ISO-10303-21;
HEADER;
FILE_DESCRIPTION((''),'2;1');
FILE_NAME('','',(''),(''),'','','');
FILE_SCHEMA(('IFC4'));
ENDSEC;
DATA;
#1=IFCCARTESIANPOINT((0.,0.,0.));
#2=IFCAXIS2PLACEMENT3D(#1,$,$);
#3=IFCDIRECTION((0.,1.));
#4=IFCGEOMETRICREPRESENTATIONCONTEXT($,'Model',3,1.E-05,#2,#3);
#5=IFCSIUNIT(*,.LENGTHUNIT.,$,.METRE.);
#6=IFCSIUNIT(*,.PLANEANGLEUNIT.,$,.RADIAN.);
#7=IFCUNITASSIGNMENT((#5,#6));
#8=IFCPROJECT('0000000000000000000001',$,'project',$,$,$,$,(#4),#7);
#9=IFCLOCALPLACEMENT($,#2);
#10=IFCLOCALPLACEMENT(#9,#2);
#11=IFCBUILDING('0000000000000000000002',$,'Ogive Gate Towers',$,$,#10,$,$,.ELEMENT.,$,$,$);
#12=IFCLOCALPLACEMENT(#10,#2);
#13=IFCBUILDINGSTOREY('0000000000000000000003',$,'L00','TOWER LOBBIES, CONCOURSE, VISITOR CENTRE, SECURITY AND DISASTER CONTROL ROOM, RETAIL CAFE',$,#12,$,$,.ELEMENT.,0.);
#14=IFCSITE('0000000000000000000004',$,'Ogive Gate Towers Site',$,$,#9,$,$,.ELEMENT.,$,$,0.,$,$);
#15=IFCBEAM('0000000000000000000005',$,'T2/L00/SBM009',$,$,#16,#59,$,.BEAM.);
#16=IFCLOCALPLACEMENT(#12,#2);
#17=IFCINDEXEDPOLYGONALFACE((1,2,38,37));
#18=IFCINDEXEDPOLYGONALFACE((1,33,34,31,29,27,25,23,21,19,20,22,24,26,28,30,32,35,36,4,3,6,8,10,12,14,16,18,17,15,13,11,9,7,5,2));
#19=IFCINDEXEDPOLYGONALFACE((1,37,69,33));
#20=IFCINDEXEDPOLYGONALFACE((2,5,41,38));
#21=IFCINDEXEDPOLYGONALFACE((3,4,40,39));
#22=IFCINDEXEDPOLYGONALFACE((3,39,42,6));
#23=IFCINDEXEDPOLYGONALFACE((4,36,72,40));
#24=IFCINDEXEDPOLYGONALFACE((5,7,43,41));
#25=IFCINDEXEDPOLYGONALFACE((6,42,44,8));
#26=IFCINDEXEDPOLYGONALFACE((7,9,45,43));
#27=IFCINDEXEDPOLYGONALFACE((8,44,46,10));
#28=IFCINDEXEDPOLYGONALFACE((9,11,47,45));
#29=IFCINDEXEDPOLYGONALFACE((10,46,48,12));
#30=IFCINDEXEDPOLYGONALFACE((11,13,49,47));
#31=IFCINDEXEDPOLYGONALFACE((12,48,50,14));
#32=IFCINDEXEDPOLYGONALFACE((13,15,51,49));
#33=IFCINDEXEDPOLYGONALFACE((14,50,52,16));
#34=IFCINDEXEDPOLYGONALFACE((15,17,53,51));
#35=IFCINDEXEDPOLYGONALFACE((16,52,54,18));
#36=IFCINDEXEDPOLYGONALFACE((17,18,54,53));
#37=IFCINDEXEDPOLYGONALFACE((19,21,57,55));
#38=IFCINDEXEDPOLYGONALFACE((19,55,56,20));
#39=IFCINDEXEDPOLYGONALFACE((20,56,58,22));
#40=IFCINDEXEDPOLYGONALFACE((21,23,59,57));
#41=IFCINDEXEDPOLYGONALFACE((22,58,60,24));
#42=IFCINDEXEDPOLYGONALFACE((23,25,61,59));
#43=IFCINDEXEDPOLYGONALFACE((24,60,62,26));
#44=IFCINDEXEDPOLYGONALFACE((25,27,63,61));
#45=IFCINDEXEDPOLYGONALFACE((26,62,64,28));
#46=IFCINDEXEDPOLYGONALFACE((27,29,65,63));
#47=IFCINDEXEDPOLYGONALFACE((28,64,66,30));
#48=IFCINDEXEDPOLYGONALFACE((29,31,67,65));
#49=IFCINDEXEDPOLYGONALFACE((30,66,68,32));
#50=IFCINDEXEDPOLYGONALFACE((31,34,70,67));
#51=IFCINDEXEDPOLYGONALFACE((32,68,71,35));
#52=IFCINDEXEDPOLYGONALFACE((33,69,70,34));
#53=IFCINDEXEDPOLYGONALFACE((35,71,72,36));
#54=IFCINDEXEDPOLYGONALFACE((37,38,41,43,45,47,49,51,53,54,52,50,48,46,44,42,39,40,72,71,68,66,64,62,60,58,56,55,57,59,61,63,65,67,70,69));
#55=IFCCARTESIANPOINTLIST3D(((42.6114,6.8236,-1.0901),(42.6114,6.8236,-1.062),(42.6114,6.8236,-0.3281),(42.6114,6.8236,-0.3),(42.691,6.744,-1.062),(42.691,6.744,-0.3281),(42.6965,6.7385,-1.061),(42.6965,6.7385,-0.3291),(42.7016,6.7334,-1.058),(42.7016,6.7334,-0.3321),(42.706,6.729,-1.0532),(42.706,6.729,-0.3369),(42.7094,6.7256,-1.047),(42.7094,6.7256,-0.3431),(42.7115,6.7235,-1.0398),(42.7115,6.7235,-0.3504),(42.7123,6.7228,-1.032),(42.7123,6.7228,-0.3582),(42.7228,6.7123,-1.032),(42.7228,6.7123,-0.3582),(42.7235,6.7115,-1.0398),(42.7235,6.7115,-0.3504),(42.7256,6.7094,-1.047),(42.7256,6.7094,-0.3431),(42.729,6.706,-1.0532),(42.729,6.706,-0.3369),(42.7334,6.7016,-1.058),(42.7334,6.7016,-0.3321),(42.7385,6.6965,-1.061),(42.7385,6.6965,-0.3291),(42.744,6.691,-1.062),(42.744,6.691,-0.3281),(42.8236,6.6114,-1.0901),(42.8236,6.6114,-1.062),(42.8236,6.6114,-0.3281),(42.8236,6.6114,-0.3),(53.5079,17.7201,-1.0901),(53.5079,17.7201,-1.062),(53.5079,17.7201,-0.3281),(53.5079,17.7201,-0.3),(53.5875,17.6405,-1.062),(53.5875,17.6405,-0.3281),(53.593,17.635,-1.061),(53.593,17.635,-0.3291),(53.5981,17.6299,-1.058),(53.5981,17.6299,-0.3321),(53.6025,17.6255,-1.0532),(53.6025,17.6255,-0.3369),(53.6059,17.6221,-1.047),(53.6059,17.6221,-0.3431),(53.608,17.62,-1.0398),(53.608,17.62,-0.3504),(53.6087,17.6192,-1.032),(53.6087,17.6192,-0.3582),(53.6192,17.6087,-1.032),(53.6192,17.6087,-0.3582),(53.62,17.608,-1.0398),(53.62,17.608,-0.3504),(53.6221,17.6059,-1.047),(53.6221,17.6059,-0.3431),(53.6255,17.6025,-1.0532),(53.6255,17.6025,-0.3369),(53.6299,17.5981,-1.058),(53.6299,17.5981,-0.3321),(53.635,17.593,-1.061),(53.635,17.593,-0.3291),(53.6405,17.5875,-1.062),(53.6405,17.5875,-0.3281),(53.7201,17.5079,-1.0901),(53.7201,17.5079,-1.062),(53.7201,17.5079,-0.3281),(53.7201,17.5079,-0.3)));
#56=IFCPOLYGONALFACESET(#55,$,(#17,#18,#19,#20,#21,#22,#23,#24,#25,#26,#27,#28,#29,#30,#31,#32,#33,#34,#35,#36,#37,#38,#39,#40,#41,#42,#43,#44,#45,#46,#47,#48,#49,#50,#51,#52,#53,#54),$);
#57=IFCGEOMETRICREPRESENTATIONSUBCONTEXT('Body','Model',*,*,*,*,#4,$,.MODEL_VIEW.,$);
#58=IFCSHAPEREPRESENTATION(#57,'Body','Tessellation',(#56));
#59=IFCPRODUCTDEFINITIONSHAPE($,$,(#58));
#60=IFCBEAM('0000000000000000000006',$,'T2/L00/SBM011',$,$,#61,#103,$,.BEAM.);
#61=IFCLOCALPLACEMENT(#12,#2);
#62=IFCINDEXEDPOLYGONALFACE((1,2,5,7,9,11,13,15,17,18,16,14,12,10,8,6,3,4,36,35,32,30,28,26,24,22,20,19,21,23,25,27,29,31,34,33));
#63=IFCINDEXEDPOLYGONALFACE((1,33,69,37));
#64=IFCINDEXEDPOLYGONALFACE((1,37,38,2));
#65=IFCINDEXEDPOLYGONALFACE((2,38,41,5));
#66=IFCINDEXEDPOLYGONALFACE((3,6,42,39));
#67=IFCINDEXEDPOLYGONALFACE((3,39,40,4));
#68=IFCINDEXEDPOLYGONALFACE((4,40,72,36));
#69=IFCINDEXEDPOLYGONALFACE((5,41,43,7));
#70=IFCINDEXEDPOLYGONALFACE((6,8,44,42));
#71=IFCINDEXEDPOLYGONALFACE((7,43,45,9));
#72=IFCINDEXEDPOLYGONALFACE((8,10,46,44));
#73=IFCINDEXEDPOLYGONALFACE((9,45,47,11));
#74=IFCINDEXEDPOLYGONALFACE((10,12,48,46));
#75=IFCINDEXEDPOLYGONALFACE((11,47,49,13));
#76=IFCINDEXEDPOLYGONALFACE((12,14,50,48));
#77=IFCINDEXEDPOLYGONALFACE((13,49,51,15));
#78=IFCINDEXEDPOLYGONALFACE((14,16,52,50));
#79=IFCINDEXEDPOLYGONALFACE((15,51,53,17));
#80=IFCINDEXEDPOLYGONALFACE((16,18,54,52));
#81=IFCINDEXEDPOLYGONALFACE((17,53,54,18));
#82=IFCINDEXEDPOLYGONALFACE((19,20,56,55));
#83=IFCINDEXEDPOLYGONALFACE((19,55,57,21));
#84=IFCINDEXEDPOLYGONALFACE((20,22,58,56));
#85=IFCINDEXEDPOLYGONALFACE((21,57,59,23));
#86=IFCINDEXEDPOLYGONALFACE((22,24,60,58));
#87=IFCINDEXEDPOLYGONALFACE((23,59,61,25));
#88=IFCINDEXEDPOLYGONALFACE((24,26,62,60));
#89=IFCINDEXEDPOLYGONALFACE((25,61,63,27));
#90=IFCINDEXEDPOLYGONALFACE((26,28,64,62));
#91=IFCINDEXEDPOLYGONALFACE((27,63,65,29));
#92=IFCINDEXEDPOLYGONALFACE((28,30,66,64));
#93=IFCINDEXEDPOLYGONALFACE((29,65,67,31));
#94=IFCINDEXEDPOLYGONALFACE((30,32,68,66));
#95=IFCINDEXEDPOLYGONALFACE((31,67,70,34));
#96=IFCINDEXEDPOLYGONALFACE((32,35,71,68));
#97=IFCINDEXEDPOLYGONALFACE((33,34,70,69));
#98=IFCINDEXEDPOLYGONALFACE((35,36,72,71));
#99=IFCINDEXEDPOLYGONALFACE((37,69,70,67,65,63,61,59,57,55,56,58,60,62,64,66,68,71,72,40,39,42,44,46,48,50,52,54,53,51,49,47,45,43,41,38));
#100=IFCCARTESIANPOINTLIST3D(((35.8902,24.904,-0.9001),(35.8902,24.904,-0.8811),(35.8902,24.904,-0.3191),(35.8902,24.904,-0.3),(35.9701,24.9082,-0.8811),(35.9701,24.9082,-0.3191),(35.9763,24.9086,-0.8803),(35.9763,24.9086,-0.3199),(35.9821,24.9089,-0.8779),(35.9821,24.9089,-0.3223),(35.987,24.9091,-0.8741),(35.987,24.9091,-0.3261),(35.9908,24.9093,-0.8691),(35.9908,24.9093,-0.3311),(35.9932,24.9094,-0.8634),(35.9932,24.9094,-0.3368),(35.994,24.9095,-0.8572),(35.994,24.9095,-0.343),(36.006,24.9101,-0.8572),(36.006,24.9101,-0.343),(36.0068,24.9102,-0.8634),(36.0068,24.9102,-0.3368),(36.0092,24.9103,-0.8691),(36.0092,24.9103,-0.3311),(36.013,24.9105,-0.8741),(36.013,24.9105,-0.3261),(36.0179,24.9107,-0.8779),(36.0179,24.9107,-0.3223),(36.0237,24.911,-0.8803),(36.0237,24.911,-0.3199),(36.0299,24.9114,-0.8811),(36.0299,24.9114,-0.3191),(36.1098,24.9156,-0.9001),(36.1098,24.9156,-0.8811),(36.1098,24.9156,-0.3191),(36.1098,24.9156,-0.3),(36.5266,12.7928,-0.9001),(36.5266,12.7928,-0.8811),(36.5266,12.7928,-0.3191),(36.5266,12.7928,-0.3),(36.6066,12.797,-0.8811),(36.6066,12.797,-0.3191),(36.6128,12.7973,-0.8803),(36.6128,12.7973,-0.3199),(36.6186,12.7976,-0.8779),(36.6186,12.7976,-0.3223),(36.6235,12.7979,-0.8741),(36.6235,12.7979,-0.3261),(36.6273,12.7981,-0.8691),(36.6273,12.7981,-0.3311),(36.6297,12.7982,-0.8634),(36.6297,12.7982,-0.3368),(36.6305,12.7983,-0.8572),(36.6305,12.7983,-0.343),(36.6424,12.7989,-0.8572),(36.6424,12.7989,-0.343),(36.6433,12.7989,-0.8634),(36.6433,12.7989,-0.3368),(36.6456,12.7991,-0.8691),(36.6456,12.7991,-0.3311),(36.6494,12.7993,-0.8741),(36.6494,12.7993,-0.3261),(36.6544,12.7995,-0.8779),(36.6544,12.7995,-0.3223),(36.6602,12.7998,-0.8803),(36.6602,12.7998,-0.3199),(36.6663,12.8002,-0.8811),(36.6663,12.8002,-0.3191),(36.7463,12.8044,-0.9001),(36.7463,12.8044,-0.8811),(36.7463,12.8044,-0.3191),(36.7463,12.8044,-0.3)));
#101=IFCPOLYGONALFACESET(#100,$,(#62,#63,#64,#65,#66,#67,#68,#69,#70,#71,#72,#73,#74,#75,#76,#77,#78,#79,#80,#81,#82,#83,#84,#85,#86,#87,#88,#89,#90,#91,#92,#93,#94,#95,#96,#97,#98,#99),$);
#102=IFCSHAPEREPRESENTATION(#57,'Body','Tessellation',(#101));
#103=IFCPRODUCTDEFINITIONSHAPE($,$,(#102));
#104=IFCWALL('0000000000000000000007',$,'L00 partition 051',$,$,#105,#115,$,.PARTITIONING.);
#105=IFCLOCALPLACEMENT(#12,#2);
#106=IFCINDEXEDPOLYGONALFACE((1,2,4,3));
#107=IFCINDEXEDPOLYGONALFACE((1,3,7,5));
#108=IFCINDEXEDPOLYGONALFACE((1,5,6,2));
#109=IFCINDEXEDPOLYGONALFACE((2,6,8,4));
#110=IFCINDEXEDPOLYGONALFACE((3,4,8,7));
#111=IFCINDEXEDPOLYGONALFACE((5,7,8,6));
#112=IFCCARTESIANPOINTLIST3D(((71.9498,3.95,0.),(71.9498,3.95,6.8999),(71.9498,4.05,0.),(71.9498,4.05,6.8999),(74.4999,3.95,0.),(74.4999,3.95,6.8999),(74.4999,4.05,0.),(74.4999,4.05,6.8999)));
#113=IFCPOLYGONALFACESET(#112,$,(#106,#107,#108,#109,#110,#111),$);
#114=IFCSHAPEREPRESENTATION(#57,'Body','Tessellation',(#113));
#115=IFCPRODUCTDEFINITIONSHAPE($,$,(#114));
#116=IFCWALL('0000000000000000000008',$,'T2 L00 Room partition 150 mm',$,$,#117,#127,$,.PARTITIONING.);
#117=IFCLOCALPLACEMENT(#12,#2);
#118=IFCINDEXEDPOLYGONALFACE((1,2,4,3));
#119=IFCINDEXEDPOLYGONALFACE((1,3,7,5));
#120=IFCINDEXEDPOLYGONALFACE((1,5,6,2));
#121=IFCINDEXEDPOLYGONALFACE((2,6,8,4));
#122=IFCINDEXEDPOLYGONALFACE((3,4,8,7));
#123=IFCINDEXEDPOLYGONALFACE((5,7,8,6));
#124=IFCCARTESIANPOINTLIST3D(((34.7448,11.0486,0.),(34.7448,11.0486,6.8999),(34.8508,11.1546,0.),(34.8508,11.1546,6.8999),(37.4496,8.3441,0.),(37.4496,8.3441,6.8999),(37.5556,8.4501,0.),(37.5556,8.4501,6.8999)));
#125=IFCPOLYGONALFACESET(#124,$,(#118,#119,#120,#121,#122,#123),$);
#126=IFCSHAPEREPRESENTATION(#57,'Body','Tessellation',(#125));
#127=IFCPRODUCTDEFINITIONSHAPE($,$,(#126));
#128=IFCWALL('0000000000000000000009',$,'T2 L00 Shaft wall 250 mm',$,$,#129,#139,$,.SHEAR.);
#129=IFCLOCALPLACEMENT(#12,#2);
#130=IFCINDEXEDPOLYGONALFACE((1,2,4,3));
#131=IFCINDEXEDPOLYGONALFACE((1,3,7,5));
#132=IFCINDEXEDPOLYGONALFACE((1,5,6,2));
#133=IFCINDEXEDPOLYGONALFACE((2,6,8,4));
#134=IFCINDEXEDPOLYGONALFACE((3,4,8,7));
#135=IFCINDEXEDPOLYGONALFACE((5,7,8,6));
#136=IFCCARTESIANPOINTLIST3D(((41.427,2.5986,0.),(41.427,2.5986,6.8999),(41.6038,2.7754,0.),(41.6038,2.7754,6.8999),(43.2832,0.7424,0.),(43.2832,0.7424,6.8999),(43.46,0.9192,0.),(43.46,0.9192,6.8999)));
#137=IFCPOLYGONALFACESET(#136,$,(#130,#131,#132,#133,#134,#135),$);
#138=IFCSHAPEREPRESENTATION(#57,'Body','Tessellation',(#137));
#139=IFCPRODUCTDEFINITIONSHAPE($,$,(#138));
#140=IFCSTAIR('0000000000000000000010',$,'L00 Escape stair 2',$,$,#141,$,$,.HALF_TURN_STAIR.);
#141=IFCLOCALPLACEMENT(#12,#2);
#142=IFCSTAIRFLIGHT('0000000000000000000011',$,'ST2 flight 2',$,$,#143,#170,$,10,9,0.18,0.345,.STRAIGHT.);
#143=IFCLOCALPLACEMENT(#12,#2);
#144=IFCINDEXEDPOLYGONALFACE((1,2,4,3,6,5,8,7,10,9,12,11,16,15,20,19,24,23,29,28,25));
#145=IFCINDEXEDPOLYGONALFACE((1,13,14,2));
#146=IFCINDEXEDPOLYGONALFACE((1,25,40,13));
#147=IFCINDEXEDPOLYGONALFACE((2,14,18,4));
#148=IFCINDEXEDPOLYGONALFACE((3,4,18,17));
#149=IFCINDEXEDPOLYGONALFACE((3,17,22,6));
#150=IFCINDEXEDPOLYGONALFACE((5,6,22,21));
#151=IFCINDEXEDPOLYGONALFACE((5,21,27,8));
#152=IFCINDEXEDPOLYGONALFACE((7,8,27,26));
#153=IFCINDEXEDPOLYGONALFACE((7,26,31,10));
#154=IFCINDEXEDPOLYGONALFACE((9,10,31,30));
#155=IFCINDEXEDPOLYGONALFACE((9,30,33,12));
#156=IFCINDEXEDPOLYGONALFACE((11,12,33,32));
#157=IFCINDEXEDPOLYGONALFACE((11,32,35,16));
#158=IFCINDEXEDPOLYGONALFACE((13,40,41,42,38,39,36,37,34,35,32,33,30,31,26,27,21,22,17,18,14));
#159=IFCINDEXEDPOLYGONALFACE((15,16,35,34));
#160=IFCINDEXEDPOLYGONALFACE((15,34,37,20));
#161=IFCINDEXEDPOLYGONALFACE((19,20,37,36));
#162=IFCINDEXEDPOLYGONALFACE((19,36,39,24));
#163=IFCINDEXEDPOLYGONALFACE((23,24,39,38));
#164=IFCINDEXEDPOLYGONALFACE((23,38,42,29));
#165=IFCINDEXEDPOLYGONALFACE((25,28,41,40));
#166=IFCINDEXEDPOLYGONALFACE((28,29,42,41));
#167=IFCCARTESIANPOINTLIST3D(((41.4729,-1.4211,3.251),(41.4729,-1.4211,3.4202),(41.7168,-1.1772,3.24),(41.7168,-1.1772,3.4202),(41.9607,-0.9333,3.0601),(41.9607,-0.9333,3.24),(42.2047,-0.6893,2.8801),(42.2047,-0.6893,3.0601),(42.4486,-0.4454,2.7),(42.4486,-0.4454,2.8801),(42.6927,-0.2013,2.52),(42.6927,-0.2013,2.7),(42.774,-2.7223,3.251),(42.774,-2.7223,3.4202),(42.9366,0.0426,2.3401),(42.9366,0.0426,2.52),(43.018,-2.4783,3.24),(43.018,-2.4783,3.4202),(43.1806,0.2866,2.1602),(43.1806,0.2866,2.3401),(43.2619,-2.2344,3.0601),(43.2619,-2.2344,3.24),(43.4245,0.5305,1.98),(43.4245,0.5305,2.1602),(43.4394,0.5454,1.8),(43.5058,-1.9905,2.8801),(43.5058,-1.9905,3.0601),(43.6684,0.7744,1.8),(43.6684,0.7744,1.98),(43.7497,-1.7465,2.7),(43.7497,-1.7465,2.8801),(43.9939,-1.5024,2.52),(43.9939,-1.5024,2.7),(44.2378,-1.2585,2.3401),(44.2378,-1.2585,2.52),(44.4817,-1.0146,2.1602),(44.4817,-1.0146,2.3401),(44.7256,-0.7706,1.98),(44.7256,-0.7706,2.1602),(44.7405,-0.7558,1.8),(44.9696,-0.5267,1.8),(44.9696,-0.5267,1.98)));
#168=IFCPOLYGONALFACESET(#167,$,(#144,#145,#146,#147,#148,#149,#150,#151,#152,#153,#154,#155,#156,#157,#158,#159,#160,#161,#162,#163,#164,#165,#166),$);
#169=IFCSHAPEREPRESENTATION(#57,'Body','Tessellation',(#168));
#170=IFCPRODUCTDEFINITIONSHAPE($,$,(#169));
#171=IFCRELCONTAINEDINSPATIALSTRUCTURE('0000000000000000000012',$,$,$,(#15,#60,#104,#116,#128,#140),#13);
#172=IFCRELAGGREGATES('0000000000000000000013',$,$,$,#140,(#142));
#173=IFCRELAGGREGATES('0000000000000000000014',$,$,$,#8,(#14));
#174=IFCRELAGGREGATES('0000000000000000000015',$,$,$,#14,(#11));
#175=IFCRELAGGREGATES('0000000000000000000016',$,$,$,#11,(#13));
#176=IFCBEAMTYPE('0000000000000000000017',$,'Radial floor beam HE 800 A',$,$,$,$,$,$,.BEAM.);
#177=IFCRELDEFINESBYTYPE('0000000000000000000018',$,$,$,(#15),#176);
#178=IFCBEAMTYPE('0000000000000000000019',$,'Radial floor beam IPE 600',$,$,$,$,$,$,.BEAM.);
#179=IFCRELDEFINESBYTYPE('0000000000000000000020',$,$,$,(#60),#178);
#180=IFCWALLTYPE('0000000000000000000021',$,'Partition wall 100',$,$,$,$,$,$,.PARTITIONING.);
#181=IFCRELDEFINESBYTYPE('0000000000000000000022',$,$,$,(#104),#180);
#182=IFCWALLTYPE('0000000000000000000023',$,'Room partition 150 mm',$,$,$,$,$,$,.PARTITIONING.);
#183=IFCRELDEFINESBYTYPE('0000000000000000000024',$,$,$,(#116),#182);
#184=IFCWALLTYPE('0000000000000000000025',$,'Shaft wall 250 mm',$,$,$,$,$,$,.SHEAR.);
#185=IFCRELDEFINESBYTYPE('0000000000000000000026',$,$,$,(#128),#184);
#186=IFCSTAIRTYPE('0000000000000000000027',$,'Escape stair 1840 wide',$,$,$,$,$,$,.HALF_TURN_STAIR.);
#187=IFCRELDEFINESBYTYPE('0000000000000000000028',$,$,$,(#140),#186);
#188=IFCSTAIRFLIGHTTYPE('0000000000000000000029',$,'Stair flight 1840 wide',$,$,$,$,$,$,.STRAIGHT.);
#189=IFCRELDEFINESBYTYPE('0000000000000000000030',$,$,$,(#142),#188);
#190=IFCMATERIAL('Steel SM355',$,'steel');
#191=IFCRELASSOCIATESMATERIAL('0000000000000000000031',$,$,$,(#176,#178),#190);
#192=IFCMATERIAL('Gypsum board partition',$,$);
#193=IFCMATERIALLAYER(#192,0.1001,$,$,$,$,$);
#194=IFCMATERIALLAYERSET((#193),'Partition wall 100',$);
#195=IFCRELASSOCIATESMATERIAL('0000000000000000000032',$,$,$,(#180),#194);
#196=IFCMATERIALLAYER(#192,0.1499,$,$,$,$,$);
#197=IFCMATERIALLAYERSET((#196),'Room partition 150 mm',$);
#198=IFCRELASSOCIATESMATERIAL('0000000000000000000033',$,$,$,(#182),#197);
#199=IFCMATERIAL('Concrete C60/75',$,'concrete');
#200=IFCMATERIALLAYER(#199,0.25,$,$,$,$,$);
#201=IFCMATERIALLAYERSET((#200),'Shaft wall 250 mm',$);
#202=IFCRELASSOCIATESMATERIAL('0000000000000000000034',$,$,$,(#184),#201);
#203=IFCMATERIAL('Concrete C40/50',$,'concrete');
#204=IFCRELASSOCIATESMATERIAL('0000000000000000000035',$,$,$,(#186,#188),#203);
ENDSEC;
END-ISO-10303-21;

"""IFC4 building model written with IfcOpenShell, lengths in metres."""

from ifc_helpers import new_model, si_unit, direction, frame, frame_2d, origin, origin_2d, place, context, subcontext, project, spatial, polyline, rectangle, i_section, outline, extrude, material, layer, layer_set, material_profile, profile_set, type_object, element, aggregate, save


model = new_model("IFC4")

# Units and contexts
model_context = context("Model", 3, precision=1e-05, world=origin(), true_north=direction((0.0, 1.0)))
body_context = subcontext(model_context, "Body", "Model", "MODEL_VIEW")
ifc_project = project(units=[si_unit("LENGTHUNIT", "METRE"), si_unit("PLANEANGLEUNIT", "RADIAN")], contexts=[model_context])

# Site, building, storey
site_placement = place(None, origin())
site = spatial("IfcSite", under=ifc_project, at=site_placement, Name="Ogive Gate Towers Site", CompositionType="ELEMENT", RefElevation=0.0)
building_placement = place(site_placement, origin())
building = spatial("IfcBuilding", under=site, at=building_placement, Name="Ogive Gate Towers", CompositionType="ELEMENT")
storey_placement = place(building_placement, origin())
storey = spatial("IfcBuildingStorey", under=building, at=storey_placement, Name="L00", Description="TOWER LOBBIES, CONCOURSE, VISITOR CENTRE, SECURITY AND DISASTER CONTROL ROOM, RETAIL CAFE", CompositionType="ELEMENT", Elevation=0.0)

# Beams
ifc_material_1 = material(Name="Steel SM355", Category="steel")
ifc_material_profile_1 = material_profile(ifc_material_1, i_section(OverallWidth=0.3, OverallDepth=0.79, WebThickness=0.0149, FlangeThickness=0.0281, FilletRadius=0.03, at=origin_2d()), Name="HE 800 A")
ifc_profile_set_1 = profile_set([ifc_material_profile_1], Name="Steel SM355")
beam_type_1 = type_object("IfcBeamType", Name="Radial floor beam HE 800 A", PredefinedType="BEAM", material=ifc_profile_set_1)
beam_1_placement = place(storey_placement, frame((42.7175, 6.7175, -0.6951), z_axis=(0.707107, 0.707107, 0.0), x_axis=(-0.707107, 0.707107, 0.0)))
element("IfcBeam", 1, at=beam_1_placement, inside=storey, type_object=beam_type_1, Name="T2/L00/SBM009", PredefinedType="BEAM", context=body_context, shape_type="SweptSolid", body=[
    extrude(i_section(OverallWidth=0.3, OverallDepth=0.79, WebThickness=0.0149, FlangeThickness=0.0281, FilletRadius=0.03, at=origin_2d()), origin(), (0.0, 0.0, 1.0), 15.4099),
])
ifc_material_profile_2 = material_profile(ifc_material_1, i_section(OverallWidth=0.22, OverallDepth=0.6001, WebThickness=0.012, FlangeThickness=0.019, FilletRadius=0.0239, at=origin_2d()), Name="IPE 600")
ifc_profile_set_2 = profile_set([ifc_material_profile_2], Name="Steel SM355")
beam_type_2 = type_object("IfcBeamType", Name="Radial floor beam IPE 600", PredefinedType="BEAM", material=ifc_profile_set_2)
beam_2_placement = place(storey_placement, frame((36.6365, 12.7986, -0.6001), z_axis=(-0.05248, 0.998622, 0.0), x_axis=(-0.998622, -0.05248, 0.0)))
element("IfcBeam", 2, at=beam_2_placement, inside=storey, type_object=beam_type_2, Name="T2/L00/SBM011", PredefinedType="BEAM", context=body_context, shape_type="SweptSolid", body=[
    extrude(i_section(OverallWidth=0.22, OverallDepth=0.6001, WebThickness=0.012, FlangeThickness=0.019, FilletRadius=0.0239, at=origin_2d()), origin(), (0.0, 0.0, 1.0), 12.1279),
])

# Walls
ifc_material_2 = material(Name="Gypsum board partition")
ifc_layer_1 = layer(ifc_material_2, 0.1001)
ifc_layer_set_1 = layer_set([ifc_layer_1], Name="Partition wall 100")
wall_type_1 = type_object("IfcWallType", Name="Partition wall 100", PredefinedType="PARTITIONING", material=ifc_layer_set_1)
wall_1_placement = place(storey_placement, frame((71.95, 4.0, 0.0), z_axis=(0.0, 0.0, 1.0), x_axis=(1.0, 0.0, 0.0)))
element("IfcWall", 3, at=wall_1_placement, inside=storey, type_object=wall_type_1, Name="L00 partition 051", PredefinedType="PARTITIONING", context=body_context, shape_type="SweptSolid", body=[
    extrude(rectangle(XDim=2.55, YDim=0.1001, at=frame_2d((1.2749, 0.0))), origin(), (0.0, 0.0, 1.0), 6.8999),
])
ifc_layer_2 = layer(ifc_material_2, 0.1499)
ifc_layer_set_2 = layer_set([ifc_layer_2], Name="Room partition 150 mm")
wall_type_2 = type_object("IfcWallType", Name="Room partition 150 mm", PredefinedType="PARTITIONING", material=ifc_layer_set_2)
wall_2_placement = place(storey_placement, frame((37.5027, 8.397, 0.0), z_axis=(0.0, 0.0, 1.0), x_axis=(-0.707139, 0.707075, 0.0)))
element("IfcWall", 4, at=wall_2_placement, inside=storey, type_object=wall_type_2, Name="T2 L00 Room partition 150 mm", PredefinedType="PARTITIONING", context=body_context, shape_type="SweptSolid", body=[
    extrude(rectangle(XDim=3.825, YDim=0.1499, at=frame_2d((1.9126, 0.0))), origin(), (0.0, 0.0, 1.0), 6.8999),
])
ifc_material_3 = material(Name="Concrete C60/75", Category="concrete")
ifc_layer_3 = layer(ifc_material_3, 0.25)
ifc_layer_set_3 = layer_set([ifc_layer_3], Name="Shaft wall 250 mm")
wall_type_3 = type_object("IfcWallType", Name="Shaft wall 250 mm", PredefinedType="SHEAR", material=ifc_layer_set_3)
wall_3_placement = place(storey_placement, frame((43.3716, 0.8308, 0.0), z_axis=(0.0, 0.0, 1.0), x_axis=(-0.707107, 0.707107, 0.0)))
element("IfcWall", 5, at=wall_3_placement, inside=storey, type_object=wall_type_3, Name="T2 L00 Shaft wall 250 mm", PredefinedType="SHEAR", context=body_context, shape_type="SweptSolid", body=[
    extrude(rectangle(XDim=2.625, YDim=0.25, at=frame_2d((1.3125, 0.0))), origin(), (0.0, 0.0, 1.0), 6.8999),
])

# Stair, stair flight
ifc_material_4 = material(Name="Concrete C40/50", Category="concrete")
stair_type = type_object("IfcStairType", Name="Escape stair 1840 wide", PredefinedType="HALF_TURN_STAIR", material=ifc_material_4)
stair_placement = place(storey_placement, origin())
stair = element("IfcStair", 6, at=stair_placement, inside=storey, type_object=stair_type, Name="L00 Escape stair 2", PredefinedType="HALF_TURN_STAIR")
stair_flight_type = type_object("IfcStairFlightType", Name="Stair flight 1840 wide", PredefinedType="STRAIGHT", material=ifc_material_4)
stair_flight_1_placement = place(storey_placement, frame((44.3191, 0.1238, 1.8), z_axis=(0.0, 0.0, 1.0), x_axis=(-0.707107, -0.707107, 0.0)))
stair_flight_1 = element("IfcStairFlight", 7, at=stair_flight_1_placement, type_object=stair_flight_type, Name="ST2 flight 2", NumberOfRisers=10, NumberOfTreads=9, PredefinedType="STRAIGHT", RiserHeight=0.18, TreadLength=0.345, context=body_context, shape_type="SweptSolid", body=[
    extrude(outline(polyline([(0.0, 0.0), (0.0, 0.1799), (0.345, 0.1799), (0.345, 0.3601), (0.6899, 0.3601), (0.6899, 0.54), (1.0349, 0.54), (1.0349, 0.72), (1.3799, 0.72), (1.3799, 0.8999), (1.7251, 0.8999), (1.7251, 1.0801), (2.0701, 1.0801), (2.0701, 1.26), (2.415, 1.26), (2.415, 1.4399), (2.76, 1.4399), (2.76, 1.6201), (3.105, 1.6201), (3.105, 1.8), (3.105, 1.4509), (0.324, 0.0), (0.0, 0.0)])), frame((0.0, 0.9199, 0.0), z_axis=(0.0, -1.0, 0.0), x_axis=(1.0, 0.0, 0.0)), (0.0, 0.0, 1.0), 1.8401),
])
aggregate(stair, [stair_flight_1])

save(model, "model.ifc")
